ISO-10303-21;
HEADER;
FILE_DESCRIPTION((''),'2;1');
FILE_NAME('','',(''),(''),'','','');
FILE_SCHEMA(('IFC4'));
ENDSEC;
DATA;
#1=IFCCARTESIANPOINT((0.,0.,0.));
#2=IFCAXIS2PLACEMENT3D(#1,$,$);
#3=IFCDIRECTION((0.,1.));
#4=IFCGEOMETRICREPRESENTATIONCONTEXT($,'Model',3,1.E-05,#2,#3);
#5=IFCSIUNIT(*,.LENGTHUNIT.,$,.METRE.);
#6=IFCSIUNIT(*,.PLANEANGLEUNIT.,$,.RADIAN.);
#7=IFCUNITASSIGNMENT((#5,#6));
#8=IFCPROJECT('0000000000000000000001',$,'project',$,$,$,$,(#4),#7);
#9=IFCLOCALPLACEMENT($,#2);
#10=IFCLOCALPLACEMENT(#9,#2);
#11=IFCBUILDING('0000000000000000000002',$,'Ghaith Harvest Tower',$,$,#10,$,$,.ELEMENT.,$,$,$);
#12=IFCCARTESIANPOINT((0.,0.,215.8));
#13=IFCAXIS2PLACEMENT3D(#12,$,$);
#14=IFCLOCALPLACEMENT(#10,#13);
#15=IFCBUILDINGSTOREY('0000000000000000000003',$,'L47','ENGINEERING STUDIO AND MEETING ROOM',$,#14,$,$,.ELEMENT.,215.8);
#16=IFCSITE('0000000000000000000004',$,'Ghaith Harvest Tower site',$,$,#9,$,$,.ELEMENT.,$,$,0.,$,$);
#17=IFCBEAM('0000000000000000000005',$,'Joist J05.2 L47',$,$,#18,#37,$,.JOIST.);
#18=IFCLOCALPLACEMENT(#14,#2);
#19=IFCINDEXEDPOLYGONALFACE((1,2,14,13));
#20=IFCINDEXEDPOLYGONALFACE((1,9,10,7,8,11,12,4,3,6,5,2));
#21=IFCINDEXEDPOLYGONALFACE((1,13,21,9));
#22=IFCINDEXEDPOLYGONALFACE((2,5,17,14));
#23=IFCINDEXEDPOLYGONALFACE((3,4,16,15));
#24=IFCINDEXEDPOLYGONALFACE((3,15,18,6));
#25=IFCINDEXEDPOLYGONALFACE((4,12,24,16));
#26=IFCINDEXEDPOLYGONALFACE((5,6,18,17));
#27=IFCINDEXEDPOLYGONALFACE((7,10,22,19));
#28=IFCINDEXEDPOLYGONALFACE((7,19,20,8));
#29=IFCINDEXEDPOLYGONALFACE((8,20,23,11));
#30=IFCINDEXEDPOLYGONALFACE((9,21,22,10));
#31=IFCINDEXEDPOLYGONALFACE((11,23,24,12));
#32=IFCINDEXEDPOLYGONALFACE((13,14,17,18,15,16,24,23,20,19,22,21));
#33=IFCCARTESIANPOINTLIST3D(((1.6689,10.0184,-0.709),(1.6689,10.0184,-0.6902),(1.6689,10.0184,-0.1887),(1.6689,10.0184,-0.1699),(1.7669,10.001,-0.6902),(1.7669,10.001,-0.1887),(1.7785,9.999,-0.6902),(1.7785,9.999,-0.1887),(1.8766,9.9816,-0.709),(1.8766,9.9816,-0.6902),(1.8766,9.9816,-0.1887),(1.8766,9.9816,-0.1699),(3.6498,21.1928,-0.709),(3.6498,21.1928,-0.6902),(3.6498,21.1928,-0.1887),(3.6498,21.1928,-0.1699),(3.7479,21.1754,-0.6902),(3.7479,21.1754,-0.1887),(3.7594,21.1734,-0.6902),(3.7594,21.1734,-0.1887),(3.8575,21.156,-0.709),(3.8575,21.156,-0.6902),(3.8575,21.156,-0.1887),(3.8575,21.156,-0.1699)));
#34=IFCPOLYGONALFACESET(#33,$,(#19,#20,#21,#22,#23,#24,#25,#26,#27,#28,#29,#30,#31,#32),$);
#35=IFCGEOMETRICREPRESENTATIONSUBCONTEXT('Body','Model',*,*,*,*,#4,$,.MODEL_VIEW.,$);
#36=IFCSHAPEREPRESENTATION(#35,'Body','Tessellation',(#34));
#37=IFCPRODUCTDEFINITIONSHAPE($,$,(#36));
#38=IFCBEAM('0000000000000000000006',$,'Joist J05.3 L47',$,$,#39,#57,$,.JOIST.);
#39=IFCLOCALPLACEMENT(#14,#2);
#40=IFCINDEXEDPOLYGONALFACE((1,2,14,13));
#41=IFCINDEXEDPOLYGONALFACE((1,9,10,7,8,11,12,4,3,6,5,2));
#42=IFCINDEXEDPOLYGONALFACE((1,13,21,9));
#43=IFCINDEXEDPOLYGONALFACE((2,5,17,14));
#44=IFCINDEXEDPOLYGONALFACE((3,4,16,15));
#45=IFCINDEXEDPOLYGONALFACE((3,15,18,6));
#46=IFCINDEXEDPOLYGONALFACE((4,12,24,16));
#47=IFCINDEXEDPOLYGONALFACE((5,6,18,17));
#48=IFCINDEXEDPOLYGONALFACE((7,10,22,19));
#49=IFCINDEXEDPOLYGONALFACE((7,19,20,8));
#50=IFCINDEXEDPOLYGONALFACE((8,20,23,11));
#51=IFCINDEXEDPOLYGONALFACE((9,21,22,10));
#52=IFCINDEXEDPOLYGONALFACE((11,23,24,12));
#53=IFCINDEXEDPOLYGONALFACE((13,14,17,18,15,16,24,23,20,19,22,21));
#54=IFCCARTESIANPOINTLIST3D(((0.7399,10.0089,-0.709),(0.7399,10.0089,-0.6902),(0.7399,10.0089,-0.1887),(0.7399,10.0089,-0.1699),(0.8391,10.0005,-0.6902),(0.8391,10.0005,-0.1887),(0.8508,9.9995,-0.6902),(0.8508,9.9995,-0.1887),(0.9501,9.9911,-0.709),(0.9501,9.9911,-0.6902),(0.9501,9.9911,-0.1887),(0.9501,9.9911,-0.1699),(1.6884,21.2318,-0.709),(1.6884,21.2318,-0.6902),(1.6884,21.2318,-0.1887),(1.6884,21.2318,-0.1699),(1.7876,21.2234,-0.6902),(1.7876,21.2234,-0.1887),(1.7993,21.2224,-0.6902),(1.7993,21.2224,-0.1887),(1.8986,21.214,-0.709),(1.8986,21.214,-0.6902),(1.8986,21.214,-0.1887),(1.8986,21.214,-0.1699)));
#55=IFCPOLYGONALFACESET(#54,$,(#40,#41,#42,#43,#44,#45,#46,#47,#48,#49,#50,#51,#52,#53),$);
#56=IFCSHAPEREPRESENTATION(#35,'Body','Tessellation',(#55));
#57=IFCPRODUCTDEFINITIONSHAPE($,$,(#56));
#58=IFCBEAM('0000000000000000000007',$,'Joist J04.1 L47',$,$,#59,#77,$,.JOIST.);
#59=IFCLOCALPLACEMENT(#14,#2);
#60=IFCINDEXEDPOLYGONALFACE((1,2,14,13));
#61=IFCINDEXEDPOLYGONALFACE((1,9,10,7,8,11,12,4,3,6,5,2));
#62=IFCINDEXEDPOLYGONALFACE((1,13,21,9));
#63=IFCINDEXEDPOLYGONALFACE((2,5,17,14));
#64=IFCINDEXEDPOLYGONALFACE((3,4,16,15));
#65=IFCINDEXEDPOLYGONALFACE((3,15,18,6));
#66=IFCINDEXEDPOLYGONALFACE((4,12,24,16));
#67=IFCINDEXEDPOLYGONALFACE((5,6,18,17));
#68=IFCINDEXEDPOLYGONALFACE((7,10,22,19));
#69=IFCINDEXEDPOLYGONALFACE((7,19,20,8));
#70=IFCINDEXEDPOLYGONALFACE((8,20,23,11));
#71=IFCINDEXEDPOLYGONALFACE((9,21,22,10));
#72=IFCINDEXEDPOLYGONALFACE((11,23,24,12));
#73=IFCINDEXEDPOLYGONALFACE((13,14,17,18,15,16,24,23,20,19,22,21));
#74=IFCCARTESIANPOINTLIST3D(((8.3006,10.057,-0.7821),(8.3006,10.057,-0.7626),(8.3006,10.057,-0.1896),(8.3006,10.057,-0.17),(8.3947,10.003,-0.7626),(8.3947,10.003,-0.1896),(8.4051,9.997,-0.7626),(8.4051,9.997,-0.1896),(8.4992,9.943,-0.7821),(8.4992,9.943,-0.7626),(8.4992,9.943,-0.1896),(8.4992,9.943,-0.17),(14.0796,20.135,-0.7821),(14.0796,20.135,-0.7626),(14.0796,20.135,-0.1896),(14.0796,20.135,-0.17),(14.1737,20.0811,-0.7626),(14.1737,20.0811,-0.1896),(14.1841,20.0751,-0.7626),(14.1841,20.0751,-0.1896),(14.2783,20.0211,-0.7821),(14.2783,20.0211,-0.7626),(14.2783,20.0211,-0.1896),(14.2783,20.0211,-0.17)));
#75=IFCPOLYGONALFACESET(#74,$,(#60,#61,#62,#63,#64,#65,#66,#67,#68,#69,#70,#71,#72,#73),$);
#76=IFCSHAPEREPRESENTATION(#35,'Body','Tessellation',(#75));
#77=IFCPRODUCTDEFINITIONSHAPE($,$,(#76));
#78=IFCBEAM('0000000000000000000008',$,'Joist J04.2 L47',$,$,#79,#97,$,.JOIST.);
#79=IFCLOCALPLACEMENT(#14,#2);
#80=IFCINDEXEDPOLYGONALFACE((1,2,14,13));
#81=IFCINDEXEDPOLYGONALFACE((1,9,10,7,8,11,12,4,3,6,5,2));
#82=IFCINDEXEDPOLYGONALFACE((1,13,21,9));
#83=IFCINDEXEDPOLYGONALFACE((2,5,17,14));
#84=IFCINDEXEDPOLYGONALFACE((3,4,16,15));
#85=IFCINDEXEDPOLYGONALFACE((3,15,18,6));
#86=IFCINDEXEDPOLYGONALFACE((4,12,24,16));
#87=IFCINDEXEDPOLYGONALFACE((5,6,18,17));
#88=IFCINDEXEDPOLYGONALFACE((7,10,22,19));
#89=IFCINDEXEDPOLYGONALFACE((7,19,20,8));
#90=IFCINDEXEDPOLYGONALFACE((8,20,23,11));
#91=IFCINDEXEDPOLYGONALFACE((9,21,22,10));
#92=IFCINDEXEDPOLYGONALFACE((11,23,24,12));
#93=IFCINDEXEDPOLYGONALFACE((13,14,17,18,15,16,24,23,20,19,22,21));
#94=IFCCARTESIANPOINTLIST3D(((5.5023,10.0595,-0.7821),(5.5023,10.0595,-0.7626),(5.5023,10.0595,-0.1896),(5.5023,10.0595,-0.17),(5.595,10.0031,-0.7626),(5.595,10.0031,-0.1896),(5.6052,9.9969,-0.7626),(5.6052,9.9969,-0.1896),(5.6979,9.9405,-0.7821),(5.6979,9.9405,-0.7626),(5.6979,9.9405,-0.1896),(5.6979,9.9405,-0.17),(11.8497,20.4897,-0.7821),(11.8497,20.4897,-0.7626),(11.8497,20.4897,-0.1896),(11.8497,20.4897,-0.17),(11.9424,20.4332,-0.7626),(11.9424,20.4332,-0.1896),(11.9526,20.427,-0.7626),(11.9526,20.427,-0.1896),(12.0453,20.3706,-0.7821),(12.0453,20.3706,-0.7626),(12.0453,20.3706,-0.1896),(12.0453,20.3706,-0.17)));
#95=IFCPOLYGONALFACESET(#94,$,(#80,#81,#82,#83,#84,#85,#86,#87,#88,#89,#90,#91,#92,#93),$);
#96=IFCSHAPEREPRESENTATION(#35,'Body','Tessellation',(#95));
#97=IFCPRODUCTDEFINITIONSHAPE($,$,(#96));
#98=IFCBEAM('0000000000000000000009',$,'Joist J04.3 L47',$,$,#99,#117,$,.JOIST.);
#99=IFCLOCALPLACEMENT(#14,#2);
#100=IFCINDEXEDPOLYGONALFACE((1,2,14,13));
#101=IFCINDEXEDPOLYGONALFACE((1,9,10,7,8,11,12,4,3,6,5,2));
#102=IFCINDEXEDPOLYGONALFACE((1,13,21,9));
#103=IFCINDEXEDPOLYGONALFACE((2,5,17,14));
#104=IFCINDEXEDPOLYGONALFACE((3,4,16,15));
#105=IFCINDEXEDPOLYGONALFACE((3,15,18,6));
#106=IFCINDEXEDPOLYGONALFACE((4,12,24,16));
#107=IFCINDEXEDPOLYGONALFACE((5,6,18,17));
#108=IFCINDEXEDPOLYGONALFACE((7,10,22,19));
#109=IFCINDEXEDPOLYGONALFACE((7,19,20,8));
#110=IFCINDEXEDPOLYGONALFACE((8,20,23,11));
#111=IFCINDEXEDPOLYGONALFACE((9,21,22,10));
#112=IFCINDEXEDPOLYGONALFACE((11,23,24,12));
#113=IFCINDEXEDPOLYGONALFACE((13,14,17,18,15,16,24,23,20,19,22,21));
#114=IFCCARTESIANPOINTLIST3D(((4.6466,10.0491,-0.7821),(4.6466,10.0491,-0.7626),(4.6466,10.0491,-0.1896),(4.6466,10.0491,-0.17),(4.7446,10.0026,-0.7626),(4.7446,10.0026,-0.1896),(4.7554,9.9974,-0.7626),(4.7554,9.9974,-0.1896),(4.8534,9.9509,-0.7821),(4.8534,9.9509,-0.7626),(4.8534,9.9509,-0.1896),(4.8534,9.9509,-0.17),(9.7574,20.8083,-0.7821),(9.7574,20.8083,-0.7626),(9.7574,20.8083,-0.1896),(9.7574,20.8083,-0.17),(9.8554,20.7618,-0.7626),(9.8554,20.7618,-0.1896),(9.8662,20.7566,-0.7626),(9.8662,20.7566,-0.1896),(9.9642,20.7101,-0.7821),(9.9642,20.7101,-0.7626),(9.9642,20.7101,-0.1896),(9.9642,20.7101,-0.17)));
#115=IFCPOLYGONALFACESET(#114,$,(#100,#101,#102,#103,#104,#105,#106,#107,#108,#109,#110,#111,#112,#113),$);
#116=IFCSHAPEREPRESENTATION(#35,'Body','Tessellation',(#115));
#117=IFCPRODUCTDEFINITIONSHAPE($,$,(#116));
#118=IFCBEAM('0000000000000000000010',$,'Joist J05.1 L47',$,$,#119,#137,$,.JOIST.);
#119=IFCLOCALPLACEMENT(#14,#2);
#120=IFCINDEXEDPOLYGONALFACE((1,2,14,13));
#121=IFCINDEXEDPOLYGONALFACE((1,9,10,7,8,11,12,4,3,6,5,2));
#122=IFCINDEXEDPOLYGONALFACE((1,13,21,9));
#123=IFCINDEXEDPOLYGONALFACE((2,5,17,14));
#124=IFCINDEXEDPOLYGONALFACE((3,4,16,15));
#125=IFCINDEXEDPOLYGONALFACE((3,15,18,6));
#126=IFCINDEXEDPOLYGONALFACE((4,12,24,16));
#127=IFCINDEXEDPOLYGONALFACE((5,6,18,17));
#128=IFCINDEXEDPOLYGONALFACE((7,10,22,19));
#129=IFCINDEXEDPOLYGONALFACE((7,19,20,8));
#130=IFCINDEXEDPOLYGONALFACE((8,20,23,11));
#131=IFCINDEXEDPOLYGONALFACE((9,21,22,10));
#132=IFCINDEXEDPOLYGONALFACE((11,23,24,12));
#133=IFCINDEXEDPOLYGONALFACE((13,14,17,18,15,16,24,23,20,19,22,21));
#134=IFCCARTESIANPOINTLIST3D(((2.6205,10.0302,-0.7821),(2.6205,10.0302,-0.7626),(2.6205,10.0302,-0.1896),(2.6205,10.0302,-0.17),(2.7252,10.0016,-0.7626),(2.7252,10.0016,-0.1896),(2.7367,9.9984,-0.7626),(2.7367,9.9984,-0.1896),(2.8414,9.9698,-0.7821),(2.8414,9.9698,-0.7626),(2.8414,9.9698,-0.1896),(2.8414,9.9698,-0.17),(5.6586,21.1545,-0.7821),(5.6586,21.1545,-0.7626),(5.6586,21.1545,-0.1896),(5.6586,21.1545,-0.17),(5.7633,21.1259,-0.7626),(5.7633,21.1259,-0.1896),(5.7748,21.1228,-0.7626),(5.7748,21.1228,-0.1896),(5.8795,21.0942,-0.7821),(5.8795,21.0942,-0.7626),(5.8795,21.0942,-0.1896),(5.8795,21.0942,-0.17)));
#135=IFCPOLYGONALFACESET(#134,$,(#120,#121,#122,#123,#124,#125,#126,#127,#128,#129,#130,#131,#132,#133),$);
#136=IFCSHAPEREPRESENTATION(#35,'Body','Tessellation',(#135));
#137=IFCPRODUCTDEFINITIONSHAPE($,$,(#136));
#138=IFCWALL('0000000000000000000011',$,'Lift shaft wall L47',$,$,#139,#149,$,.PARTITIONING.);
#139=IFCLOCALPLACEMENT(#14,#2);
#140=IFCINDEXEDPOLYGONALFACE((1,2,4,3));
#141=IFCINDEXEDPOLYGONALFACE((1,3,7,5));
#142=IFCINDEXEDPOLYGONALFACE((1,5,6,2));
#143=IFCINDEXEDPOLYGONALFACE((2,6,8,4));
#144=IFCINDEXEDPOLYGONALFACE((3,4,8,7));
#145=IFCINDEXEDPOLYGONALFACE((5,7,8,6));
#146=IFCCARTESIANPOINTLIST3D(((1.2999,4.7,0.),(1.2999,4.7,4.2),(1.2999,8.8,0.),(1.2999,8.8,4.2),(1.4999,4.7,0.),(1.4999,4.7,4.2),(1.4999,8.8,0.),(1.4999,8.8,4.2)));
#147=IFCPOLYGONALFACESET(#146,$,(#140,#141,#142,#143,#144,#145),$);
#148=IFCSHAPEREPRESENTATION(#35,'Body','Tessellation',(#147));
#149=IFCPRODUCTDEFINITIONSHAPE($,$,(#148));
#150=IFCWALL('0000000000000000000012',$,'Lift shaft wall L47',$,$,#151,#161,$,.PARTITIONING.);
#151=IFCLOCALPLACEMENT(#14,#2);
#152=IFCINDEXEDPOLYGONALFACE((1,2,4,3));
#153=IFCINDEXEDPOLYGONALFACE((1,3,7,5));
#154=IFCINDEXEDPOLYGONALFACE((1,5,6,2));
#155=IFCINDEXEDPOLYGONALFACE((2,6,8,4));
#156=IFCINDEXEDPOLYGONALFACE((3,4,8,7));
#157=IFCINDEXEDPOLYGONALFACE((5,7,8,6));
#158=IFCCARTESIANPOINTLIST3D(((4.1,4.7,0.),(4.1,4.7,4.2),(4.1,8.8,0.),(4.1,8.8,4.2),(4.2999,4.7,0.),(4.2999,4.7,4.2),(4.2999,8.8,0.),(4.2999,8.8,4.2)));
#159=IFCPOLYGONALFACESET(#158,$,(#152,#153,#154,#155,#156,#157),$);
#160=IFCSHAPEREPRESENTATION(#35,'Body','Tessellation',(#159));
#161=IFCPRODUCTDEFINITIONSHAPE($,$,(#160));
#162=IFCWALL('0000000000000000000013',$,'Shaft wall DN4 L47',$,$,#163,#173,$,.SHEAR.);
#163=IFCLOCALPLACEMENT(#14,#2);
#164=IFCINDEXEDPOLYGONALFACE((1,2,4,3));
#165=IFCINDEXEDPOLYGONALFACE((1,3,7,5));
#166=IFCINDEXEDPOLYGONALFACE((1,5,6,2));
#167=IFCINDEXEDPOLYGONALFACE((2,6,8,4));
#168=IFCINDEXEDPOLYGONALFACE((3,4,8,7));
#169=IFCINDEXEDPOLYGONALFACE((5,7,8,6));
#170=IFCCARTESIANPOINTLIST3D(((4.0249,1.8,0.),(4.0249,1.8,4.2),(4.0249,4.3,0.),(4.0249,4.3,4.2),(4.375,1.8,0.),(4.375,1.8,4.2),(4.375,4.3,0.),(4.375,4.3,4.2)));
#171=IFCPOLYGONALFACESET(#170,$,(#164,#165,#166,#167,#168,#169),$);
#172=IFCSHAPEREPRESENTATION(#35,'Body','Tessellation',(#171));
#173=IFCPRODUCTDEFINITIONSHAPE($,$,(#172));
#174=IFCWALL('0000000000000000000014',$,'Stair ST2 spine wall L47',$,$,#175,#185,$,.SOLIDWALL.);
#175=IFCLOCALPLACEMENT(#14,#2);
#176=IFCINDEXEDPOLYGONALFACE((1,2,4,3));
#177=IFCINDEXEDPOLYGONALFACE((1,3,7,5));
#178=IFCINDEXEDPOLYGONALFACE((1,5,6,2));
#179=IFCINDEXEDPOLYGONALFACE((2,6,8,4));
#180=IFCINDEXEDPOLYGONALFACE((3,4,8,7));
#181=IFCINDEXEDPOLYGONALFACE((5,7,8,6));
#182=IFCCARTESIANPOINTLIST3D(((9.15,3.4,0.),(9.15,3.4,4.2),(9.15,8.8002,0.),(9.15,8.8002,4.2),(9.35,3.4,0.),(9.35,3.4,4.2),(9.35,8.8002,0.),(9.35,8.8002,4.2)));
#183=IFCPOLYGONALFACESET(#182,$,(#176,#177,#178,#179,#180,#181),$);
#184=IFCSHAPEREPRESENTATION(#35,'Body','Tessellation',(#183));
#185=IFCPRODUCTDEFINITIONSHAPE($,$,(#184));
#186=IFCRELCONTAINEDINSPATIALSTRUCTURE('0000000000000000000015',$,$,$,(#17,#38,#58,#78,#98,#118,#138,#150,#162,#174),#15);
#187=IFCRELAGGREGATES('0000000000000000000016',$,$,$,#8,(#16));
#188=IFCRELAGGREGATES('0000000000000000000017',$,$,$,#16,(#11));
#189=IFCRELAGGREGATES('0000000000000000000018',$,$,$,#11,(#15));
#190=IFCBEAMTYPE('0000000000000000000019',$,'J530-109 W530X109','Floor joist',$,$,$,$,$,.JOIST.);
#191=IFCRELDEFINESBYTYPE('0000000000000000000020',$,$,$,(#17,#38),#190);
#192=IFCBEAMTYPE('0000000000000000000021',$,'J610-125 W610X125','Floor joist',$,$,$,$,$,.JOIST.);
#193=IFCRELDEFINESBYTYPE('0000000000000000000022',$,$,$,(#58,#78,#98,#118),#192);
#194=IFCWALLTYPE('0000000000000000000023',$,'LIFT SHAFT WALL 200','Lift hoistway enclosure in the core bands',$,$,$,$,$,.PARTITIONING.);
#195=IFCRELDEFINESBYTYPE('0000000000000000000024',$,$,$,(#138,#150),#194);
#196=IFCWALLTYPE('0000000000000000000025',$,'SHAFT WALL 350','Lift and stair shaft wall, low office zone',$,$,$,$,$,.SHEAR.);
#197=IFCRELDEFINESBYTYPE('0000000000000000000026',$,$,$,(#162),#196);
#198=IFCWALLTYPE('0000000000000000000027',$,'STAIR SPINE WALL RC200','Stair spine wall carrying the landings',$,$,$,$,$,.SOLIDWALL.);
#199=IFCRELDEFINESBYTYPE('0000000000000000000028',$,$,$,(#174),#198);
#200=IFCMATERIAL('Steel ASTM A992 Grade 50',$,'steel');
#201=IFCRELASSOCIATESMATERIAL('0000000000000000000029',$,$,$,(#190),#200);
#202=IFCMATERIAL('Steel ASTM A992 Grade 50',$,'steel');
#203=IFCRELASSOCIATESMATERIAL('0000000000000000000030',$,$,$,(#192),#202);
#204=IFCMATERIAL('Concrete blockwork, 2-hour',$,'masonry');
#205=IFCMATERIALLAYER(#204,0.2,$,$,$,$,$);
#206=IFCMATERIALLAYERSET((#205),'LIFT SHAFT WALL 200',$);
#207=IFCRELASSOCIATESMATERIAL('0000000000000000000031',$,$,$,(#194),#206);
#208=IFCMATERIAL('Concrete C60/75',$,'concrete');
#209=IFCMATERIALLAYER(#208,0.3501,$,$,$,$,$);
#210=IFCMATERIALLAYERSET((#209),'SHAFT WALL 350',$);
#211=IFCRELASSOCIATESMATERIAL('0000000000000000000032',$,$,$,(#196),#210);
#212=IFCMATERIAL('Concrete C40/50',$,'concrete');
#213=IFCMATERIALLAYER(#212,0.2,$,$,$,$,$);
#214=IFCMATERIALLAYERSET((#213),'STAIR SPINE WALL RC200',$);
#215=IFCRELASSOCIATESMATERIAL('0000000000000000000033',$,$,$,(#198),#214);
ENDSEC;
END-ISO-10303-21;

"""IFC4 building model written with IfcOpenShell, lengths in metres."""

from ifc_helpers import new_model, si_unit, direction, frame, frame_2d, origin, origin_2d, place, context, subcontext, project, spatial, rectangle, i_section, extrude, material, layer, layer_set, material_profile, profile_set, type_object, element, save


model = new_model("IFC4")

# Units and contexts
model_context = context("Model", 3, precision=1e-05, world=origin(), true_north=direction((0.0, 1.0)))
body_context = subcontext(model_context, "Body", "Model", "MODEL_VIEW")
ifc_project = project(units=[si_unit("LENGTHUNIT", "METRE"), si_unit("PLANEANGLEUNIT", "RADIAN")], contexts=[model_context])

# Site, building, storey
site_placement = place(None, origin())
site = spatial("IfcSite", under=ifc_project, at=site_placement, Name="Ghaith Harvest Tower site", CompositionType="ELEMENT", RefElevation=0.0)
building_placement = place(site_placement, origin())
building = spatial("IfcBuilding", under=site, at=building_placement, Name="Ghaith Harvest Tower", CompositionType="ELEMENT")
storey_placement = place(building_placement, frame((0.0, 0.0, 215.8)))
storey = spatial("IfcBuildingStorey", under=building, at=storey_placement, Name="L47", Description="ENGINEERING STUDIO AND MEETING ROOM", CompositionType="ELEMENT", Elevation=215.8)

# Beams
ifc_material_1 = material(Name="Steel ASTM A992 Grade 50", Category="steel")
ifc_material_profile_1 = material_profile(ifc_material_1, i_section(OverallWidth=0.2109, OverallDepth=0.5391, WebThickness=0.0117, FlangeThickness=0.0188, at=origin_2d()), Name="W530X109")
ifc_profile_set_1 = profile_set([ifc_material_profile_1], Name="Steel ASTM A992 Grade 50")
beam_type_1 = type_object("IfcBeamType", Name="J530-109 W530X109", Description="Floor joist", PredefinedType="JOIST", material=ifc_profile_set_1)
beam_1_placement = place(storey_placement, frame((1.7727, 10.0, -0.4395), z_axis=(0.174556, 0.984647, 0.0), x_axis=(-0.984647, 0.174556, 0.0)))
element("IfcBeam", 1, at=beam_1_placement, inside=storey, type_object=beam_type_1, Name="Joist J05.2 L47", PredefinedType="JOIST", context=body_context, shape_type="SweptSolid", body=[
    extrude(i_section(OverallWidth=0.2109, OverallDepth=0.5391, WebThickness=0.0117, FlangeThickness=0.0188, at=origin_2d()), origin(), (0.0, 0.0, 1.0), 11.3486),
])
beam_2_placement = place(storey_placement, frame((0.845, 10.0, -0.4395), z_axis=(0.084213, 0.996448, 0.0), x_axis=(-0.996448, 0.084213, 0.0)))
element("IfcBeam", 2, at=beam_2_placement, inside=storey, type_object=beam_type_1, Name="Joist J05.3 L47", PredefinedType="JOIST", context=body_context, shape_type="SweptSolid", body=[
    extrude(i_section(OverallWidth=0.2109, OverallDepth=0.5391, WebThickness=0.0117, FlangeThickness=0.0188, at=origin_2d()), origin(), (0.0, 0.0, 1.0), 11.2629),
])
ifc_material_2 = material(Name="Steel ASTM A992 Grade 50", Category="steel")
ifc_material_profile_2 = material_profile(ifc_material_2, i_section(OverallWidth=0.229, OverallDepth=0.6121, WebThickness=0.012, FlangeThickness=0.0195, at=origin_2d()), Name="W610X125")
ifc_profile_set_2 = profile_set([ifc_material_profile_2], Name="Steel ASTM A992 Grade 50")
beam_type_2 = type_object("IfcBeamType", Name="J610-125 W610X125", Description="Floor joist", PredefinedType="JOIST", material=ifc_profile_set_2)
beam_3_placement = place(storey_placement, frame((8.3999, 10.0, -0.4761), z_axis=(0.497444, 0.867496, 0.0), x_axis=(-0.867496, 0.497444, 0.0)))
element("IfcBeam", 3, at=beam_3_placement, inside=storey, type_object=beam_type_2, Name="Joist J04.1 L47", PredefinedType="JOIST", context=body_context, shape_type="SweptSolid", body=[
    extrude(i_section(OverallWidth=0.229, OverallDepth=0.6121, WebThickness=0.012, FlangeThickness=0.0195, at=origin_2d()), origin(), (0.0, 0.0, 1.0), 11.6174),
])
beam_4_placement = place(storey_placement, frame((5.6001, 10.0, -0.4761), z_axis=(0.519864, 0.854249, 0.0), x_axis=(-0.854249, 0.519864, 0.0)))
element("IfcBeam", 4, at=beam_4_placement, inside=storey, type_object=beam_type_2, Name="Joist J04.2 L47", PredefinedType="JOIST", context=body_context, shape_type="SweptSolid", body=[
    extrude(i_section(OverallWidth=0.229, OverallDepth=0.6121, WebThickness=0.012, FlangeThickness=0.0195, at=origin_2d()), origin(), (0.0, 0.0, 1.0), 12.2097),
])
beam_5_placement = place(storey_placement, frame((4.75, 10.0, -0.4761), z_axis=(0.429069, 0.903272, 0.0), x_axis=(-0.903272, 0.429069, 0.0)))
element("IfcBeam", 5, at=beam_5_placement, inside=storey, type_object=beam_type_2, Name="Joist J04.3 L47", PredefinedType="JOIST", context=body_context, shape_type="SweptSolid", body=[
    extrude(i_section(OverallWidth=0.229, OverallDepth=0.6121, WebThickness=0.012, FlangeThickness=0.0195, at=origin_2d()), origin(), (0.0, 0.0, 1.0), 11.9114),
])
beam_6_placement = place(storey_placement, frame((2.731, 10.0, -0.4761), z_axis=(0.263456, 0.964671, 0.0), x_axis=(-0.964671, 0.263456, 0.0)))
element("IfcBeam", 6, at=beam_6_placement, inside=storey, type_object=beam_type_2, Name="Joist J05.1 L47", PredefinedType="JOIST", context=body_context, shape_type="SweptSolid", body=[
    extrude(i_section(OverallWidth=0.229, OverallDepth=0.6121, WebThickness=0.012, FlangeThickness=0.0195, at=origin_2d()), origin(), (0.0, 0.0, 1.0), 11.5317),
])

# Walls
ifc_material_3 = material(Name="Concrete blockwork, 2-hour", Category="masonry")
ifc_layer_1 = layer(ifc_material_3, 0.2)
ifc_layer_set_1 = layer_set([ifc_layer_1], Name="LIFT SHAFT WALL 200")
wall_type_1 = type_object("IfcWallType", Name="LIFT SHAFT WALL 200", Description="Lift hoistway enclosure in the core bands", PredefinedType="PARTITIONING", material=ifc_layer_set_1)
for number, where, z_axis, x_axis, name in (
    (7, (1.3999, 4.7, 0.0), (0.0, 0.0, 1.0), (0.0, 1.0, 0.0), "Lift shaft wall L47"),
    (8, (4.2, 4.7, 0.0), (0.0, 0.0, 1.0), (0.0, 1.0, 0.0), "Lift shaft wall L47"),
):
    element("IfcWall", number, at=place(storey_placement, frame(where, z_axis=z_axis, x_axis=x_axis)), inside=storey, type_object=wall_type_1, Name=name, PredefinedType="PARTITIONING", context=body_context, shape_type="SweptSolid", body=[
        extrude(rectangle(XDim=4.1001, YDim=0.2, at=frame_2d((2.05, 0.0))), origin(), (0.0, 0.0, 1.0), 4.2),
    ])

# Shared definitions
ifc_material_4 = material(Name="Concrete C60/75", Category="concrete")
ifc_layer_2 = layer(ifc_material_4, 0.3501)
ifc_layer_set_2 = layer_set([ifc_layer_2], Name="SHAFT WALL 350")
wall_type_2 = type_object("IfcWallType", Name="SHAFT WALL 350", Description="Lift and stair shaft wall, low office zone", PredefinedType="SHEAR", material=ifc_layer_set_2)

# Walls
wall_1_placement = place(storey_placement, frame((4.2, 1.8, 0.0), z_axis=(0.0, 0.0, 1.0), x_axis=(0.0, 1.0, 0.0)))
element("IfcWall", 9, at=wall_1_placement, inside=storey, type_object=wall_type_2, Name="Shaft wall DN4 L47", PredefinedType="SHEAR", context=body_context, shape_type="SweptSolid", body=[
    extrude(rectangle(XDim=2.5, YDim=0.3501, at=frame_2d((1.25, 0.0))), origin(), (0.0, 0.0, 1.0), 4.2),
])
ifc_material_5 = material(Name="Concrete C40/50", Category="concrete")
ifc_layer_3 = layer(ifc_material_5, 0.2)
ifc_layer_set_3 = layer_set([ifc_layer_3], Name="STAIR SPINE WALL RC200")
wall_type_3 = type_object("IfcWallType", Name="STAIR SPINE WALL RC200", Description="Stair spine wall carrying the landings", PredefinedType="SOLIDWALL", material=ifc_layer_set_3)
wall_2_placement = place(storey_placement, frame((9.25, 3.3999, 0.0), z_axis=(0.0, 0.0, 1.0), x_axis=(0.0, 1.0, 0.0)))
element("IfcWall", 10, at=wall_2_placement, inside=storey, type_object=wall_type_3, Name="Stair ST2 spine wall L47", PredefinedType="SOLIDWALL", context=body_context, shape_type="SweptSolid", body=[
    extrude(rectangle(XDim=5.4001, YDim=0.2, at=frame_2d((2.7002, 0.0))), origin(), (0.0, 0.0, 1.0), 4.2),
])

save(model, "model.ifc")
